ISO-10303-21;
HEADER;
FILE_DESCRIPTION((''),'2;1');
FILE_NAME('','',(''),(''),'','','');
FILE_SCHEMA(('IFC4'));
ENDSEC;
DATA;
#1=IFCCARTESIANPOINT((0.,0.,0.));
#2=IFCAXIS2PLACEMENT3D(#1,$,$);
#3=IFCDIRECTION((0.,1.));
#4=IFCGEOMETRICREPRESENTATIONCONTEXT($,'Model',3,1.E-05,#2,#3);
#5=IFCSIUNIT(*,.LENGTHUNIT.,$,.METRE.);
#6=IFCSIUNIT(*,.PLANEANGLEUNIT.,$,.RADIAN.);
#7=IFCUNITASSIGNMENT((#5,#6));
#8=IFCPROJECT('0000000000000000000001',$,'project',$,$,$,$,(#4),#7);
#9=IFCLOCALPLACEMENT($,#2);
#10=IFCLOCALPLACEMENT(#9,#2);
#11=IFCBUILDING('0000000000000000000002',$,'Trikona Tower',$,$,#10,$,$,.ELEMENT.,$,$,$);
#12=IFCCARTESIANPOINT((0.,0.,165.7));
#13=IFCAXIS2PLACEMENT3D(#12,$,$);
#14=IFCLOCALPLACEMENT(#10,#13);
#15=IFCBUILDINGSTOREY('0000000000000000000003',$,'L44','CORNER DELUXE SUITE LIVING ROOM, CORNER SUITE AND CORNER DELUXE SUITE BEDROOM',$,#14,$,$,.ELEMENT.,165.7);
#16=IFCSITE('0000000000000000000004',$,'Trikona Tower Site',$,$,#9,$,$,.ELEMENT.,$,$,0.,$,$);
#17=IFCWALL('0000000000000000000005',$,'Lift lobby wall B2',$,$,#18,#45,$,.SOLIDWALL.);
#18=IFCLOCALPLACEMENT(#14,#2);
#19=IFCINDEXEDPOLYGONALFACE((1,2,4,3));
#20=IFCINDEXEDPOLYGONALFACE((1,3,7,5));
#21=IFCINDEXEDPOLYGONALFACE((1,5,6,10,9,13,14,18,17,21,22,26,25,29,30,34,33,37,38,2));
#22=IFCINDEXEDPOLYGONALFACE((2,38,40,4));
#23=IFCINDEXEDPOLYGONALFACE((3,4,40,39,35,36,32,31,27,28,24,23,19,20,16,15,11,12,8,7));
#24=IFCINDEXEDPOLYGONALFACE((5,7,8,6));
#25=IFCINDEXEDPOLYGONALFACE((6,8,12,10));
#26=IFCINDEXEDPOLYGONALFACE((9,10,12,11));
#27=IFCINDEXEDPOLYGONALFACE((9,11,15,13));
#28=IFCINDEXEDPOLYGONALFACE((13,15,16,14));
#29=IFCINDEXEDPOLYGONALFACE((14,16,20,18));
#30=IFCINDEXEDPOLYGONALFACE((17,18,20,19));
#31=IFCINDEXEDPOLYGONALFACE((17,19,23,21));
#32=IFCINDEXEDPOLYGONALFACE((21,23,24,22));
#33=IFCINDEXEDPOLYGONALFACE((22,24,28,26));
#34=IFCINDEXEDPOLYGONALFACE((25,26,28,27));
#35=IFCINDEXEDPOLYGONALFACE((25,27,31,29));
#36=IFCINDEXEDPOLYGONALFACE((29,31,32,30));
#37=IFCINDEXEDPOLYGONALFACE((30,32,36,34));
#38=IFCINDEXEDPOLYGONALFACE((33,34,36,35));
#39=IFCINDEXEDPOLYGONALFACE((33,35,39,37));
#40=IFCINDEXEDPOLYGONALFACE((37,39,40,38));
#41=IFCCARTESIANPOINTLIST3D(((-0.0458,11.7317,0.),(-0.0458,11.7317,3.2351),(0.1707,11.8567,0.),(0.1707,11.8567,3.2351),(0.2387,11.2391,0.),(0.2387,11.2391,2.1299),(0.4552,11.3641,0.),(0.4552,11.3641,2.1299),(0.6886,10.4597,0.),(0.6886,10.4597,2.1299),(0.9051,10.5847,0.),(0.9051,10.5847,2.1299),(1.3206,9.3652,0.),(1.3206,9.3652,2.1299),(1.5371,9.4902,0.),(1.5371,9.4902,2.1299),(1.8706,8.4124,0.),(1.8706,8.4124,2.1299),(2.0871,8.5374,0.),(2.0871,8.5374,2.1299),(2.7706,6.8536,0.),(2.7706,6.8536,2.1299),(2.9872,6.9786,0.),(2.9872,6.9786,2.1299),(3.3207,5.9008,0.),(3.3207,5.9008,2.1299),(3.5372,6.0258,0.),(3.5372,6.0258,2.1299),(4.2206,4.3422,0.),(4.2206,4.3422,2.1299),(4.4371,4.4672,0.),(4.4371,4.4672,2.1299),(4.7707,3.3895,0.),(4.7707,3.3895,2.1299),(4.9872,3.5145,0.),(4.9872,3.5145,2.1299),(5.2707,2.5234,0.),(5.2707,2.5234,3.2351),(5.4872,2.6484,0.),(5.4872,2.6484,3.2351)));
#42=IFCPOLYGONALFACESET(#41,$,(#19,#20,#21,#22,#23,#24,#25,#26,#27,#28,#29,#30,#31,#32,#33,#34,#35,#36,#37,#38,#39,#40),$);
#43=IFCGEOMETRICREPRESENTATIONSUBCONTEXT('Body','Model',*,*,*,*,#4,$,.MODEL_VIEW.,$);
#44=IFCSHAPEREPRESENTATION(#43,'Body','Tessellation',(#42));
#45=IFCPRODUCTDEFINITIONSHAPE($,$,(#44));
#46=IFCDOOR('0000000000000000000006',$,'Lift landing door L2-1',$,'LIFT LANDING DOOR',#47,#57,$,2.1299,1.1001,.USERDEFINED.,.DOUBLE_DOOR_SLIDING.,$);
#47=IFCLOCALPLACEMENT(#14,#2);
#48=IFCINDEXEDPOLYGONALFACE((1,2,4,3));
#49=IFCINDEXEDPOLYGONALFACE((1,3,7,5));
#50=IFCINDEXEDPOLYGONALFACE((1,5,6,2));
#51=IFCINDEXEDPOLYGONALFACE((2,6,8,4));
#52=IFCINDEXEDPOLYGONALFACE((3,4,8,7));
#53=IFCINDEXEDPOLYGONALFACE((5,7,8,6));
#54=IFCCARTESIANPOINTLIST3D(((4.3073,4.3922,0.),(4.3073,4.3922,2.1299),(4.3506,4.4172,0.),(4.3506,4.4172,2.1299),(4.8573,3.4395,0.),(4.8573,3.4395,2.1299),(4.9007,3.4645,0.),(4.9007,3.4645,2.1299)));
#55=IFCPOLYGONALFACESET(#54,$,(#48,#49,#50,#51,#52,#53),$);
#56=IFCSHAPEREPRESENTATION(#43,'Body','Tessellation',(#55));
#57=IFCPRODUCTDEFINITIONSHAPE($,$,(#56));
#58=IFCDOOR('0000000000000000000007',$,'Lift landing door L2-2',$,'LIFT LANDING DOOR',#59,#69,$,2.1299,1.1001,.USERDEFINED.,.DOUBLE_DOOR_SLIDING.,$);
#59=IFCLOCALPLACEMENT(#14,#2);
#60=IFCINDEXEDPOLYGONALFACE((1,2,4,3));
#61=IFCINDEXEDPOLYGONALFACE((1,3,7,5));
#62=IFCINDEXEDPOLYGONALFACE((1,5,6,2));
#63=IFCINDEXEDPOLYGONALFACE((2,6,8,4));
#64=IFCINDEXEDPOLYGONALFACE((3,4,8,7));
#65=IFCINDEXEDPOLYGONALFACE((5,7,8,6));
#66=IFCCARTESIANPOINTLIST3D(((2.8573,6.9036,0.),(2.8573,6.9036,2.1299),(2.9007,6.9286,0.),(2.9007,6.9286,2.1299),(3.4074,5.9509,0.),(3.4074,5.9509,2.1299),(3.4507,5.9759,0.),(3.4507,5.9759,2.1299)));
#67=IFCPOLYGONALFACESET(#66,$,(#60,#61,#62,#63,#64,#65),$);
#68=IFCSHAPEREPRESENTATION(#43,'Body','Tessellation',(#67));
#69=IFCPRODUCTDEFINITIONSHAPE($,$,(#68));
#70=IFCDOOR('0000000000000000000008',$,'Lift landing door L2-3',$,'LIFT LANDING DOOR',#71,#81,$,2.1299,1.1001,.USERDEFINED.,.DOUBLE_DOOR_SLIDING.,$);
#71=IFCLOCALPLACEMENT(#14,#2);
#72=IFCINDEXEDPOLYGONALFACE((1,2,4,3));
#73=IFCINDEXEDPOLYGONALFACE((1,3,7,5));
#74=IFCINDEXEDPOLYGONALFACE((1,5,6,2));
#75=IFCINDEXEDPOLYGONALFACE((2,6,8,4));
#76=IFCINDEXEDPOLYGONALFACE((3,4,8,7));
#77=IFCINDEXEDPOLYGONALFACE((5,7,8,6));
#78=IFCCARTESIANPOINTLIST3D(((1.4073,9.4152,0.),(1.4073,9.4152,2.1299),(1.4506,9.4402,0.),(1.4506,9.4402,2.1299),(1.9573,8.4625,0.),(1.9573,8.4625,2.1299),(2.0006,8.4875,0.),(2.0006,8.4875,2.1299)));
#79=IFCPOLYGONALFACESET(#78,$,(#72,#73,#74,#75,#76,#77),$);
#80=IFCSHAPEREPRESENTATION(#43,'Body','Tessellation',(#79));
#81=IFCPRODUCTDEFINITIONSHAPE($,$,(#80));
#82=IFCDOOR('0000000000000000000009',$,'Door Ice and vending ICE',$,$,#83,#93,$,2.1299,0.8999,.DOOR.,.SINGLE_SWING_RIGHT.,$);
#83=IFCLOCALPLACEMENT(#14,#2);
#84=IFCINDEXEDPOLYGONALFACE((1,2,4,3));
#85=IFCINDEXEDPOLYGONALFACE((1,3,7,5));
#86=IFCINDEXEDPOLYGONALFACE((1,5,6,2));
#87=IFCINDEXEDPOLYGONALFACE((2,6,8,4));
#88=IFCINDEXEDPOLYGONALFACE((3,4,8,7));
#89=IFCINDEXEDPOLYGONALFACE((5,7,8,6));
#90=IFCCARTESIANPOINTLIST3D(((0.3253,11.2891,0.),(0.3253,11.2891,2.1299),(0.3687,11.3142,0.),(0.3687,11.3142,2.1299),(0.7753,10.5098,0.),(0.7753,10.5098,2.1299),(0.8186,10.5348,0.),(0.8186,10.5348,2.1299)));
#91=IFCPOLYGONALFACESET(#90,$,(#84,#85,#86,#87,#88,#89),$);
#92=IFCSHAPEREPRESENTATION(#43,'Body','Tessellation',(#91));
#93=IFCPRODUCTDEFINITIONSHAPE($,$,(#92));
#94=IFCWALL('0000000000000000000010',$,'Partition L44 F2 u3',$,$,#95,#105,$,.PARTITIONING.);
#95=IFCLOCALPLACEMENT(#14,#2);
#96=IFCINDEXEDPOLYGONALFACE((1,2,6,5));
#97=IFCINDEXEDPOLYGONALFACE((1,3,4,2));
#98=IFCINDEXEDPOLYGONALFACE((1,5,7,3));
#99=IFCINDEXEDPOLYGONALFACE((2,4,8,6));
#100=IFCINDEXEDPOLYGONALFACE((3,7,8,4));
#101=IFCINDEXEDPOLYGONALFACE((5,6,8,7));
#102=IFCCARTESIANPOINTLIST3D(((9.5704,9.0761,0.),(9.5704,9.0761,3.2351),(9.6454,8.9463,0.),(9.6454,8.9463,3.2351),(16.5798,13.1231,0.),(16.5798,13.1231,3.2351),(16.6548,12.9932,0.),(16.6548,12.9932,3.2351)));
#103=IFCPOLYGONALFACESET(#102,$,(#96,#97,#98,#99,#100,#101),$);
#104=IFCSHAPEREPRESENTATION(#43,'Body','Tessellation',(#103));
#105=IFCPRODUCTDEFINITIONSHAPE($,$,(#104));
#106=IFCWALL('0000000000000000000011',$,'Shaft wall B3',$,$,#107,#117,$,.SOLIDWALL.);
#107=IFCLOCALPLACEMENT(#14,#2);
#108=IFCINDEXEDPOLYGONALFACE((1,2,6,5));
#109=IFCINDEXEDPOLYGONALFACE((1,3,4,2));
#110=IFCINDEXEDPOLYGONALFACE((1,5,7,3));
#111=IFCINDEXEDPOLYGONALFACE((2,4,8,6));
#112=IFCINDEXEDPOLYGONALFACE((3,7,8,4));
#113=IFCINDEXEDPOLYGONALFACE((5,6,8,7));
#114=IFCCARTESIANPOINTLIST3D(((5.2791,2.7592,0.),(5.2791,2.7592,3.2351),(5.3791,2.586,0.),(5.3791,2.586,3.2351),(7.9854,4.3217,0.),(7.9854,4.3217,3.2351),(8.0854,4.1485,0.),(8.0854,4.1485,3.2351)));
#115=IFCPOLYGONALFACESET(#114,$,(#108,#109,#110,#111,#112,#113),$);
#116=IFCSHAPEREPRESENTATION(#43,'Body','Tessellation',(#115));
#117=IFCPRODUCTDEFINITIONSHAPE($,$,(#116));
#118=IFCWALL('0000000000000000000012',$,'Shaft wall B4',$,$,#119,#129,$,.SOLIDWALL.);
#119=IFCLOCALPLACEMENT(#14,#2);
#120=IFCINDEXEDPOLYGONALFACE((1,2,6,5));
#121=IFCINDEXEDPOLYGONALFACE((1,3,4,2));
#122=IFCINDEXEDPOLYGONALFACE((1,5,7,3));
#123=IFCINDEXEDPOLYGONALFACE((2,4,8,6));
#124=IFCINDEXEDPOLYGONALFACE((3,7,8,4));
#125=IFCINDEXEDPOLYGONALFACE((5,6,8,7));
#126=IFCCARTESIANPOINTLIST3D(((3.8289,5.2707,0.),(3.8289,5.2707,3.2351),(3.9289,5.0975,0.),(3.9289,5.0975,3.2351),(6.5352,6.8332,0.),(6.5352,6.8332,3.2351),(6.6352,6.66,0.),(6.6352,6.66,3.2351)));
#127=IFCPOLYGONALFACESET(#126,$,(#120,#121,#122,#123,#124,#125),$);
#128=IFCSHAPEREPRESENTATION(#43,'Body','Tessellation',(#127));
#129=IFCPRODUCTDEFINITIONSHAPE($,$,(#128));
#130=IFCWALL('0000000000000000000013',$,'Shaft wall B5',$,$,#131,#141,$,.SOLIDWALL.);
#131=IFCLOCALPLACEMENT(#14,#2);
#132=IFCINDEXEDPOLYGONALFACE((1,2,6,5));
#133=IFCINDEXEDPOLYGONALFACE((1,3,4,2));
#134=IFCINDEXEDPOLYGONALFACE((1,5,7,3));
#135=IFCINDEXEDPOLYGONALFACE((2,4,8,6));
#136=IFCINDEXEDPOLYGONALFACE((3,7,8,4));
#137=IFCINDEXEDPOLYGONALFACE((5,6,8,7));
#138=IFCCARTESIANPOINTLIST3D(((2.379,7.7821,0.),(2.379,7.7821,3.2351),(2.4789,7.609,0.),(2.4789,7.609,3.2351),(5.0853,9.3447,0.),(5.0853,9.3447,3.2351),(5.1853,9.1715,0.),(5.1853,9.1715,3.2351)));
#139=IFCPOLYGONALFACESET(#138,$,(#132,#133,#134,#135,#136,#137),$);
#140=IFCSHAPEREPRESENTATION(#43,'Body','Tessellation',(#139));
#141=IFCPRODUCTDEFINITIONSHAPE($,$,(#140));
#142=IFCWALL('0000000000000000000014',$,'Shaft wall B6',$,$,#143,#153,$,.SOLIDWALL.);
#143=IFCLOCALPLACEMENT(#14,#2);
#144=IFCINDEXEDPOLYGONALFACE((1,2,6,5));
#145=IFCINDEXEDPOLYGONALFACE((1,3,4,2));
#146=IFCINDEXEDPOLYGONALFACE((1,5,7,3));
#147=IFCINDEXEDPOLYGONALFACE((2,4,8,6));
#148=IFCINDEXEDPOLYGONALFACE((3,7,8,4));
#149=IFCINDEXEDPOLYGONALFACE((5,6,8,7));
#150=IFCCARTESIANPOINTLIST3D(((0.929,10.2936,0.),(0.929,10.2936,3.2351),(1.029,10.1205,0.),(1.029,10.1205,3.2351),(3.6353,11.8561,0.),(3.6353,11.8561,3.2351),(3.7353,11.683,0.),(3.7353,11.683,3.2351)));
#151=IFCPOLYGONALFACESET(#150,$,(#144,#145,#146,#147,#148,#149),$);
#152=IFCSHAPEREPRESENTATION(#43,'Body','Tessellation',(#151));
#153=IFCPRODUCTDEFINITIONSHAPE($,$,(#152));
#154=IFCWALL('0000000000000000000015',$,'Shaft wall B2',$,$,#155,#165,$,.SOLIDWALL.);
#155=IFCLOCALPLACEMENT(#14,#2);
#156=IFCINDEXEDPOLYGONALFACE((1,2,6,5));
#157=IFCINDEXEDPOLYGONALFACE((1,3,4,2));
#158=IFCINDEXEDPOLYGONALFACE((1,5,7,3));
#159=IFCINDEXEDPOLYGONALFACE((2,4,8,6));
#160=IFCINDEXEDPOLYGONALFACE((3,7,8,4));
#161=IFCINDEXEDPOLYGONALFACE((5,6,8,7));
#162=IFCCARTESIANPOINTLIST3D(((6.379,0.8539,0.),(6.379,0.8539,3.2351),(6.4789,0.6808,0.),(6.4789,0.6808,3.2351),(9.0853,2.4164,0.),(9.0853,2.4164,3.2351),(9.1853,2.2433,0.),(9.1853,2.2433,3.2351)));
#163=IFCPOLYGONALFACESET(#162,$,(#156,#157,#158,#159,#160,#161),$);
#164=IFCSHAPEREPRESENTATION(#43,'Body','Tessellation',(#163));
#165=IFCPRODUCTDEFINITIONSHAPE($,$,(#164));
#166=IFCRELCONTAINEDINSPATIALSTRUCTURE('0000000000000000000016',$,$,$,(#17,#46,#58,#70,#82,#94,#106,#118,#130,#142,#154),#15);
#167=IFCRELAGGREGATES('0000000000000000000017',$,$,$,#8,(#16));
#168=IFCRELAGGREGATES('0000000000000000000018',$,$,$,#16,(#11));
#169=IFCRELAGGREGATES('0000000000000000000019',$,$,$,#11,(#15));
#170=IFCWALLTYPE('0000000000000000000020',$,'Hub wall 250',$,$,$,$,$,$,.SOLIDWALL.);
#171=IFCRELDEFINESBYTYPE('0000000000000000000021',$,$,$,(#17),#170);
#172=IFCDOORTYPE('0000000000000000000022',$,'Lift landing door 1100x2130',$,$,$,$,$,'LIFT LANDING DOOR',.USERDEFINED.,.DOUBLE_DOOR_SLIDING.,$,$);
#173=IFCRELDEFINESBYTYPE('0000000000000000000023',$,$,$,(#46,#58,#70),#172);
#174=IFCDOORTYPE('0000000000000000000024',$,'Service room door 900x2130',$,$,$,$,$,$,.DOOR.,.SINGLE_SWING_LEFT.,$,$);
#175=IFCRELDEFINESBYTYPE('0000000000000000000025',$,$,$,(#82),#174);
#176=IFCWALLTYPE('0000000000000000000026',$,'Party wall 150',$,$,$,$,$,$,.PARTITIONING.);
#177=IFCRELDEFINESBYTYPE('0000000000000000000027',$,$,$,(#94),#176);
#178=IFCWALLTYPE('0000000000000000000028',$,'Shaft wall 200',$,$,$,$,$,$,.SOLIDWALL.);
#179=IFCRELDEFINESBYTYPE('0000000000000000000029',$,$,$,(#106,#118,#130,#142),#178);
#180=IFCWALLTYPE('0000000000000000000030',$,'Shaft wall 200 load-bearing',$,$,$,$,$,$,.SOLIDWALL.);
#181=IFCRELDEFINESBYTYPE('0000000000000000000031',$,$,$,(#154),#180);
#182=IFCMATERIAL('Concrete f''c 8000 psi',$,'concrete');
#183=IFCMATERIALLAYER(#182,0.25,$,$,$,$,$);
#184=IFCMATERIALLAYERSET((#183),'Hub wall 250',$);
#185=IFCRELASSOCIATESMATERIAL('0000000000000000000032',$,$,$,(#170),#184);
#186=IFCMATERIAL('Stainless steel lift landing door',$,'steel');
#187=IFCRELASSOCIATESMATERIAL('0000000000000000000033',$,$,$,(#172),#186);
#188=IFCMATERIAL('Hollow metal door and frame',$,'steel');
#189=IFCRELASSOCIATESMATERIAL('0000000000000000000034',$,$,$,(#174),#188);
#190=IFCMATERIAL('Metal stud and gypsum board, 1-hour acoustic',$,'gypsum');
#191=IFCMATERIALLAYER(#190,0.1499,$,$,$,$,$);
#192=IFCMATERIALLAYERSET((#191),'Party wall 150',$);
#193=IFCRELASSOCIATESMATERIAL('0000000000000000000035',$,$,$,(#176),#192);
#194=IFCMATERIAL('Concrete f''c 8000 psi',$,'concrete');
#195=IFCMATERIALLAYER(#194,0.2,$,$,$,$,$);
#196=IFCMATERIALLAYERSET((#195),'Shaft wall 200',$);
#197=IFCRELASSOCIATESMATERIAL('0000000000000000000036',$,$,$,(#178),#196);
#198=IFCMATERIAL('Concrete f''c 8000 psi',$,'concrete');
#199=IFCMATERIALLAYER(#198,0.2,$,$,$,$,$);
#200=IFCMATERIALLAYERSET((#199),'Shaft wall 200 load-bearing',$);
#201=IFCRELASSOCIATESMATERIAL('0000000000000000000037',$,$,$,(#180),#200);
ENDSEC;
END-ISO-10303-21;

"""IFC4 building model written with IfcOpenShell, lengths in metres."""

from ifc_helpers import new_model, si_unit, direction, frame, frame_2d, origin, place, context, subcontext, project, spatial, rectangle, extrude, material, layer, layer_set, type_object, element, fill, save


model = new_model("IFC4")

# Units and contexts
model_context = context("Model", 3, precision=1e-05, world=origin(), true_north=direction((0.0, 1.0)))
body_context = subcontext(model_context, "Body", "Model", "MODEL_VIEW")
ifc_project = project(units=[si_unit("LENGTHUNIT", "METRE"), si_unit("PLANEANGLEUNIT", "RADIAN")], contexts=[model_context])

# Site, building, storey
site_placement = place(None, origin())
site = spatial("IfcSite", under=ifc_project, at=site_placement, Name="Trikona Tower Site", CompositionType="ELEMENT", RefElevation=0.0)
building_placement = place(site_placement, origin())
building = spatial("IfcBuilding", under=site, at=building_placement, Name="Trikona Tower", CompositionType="ELEMENT")
storey_placement = place(building_placement, frame((0.0, 0.0, 165.7)))
storey = spatial("IfcBuildingStorey", under=building, at=storey_placement, Name="L44", Description="CORNER DELUXE SUITE LIVING ROOM, CORNER SUITE AND CORNER DELUXE SUITE BEDROOM", CompositionType="ELEMENT", Elevation=165.7)

# Wall, openings, doors
ifc_material_1 = material(Name="Concrete f'c 8000 psi", Category="concrete")
ifc_layer_1 = layer(ifc_material_1, 0.25)
ifc_layer_set_1 = layer_set([ifc_layer_1], Name="Hub wall 250")
wall_type_1 = type_object("IfcWallType", Name="Hub wall 250", PredefinedType="SOLIDWALL", material=ifc_layer_set_1)
wall_1_placement = place(storey_placement, frame((5.3789, 2.5859, 0.0), z_axis=(0.0, 0.0, 1.0), x_axis=(-0.500001, 0.866025, 0.0)))
wall_1 = element("IfcWall", 1, at=wall_1_placement, inside=storey, type_object=wall_type_1, Name="Lift lobby wall B2", PredefinedType="SOLIDWALL", context=body_context, shape_type="SweptSolid", body=[
    extrude(rectangle(XDim=10.6328, YDim=0.25, at=frame_2d((5.3164, 0.0))), origin(), (0.0, 0.0, 1.0), 3.2351),
])
opening_1_placement = place(wall_1_placement, frame((9.1641, 0.0, 0.0)))
opening_1 = element("IfcOpeningElement", 2, at=opening_1_placement, cuts=wall_1, PredefinedType="OPENING", context=body_context, shape_type="SweptSolid", body=[
    extrude(rectangle(XDim=0.8999, YDim=2.1299, at=frame_2d((0.45, 1.0649))), frame((0.0, 0.135, 0.0), z_axis=(0.0, -1.0, 0.0), x_axis=(1.0, 0.0, 0.0)), (0.0, 0.0, 1.0), 0.27),
])
opening_2_placement = place(wall_1_placement, frame((1.0, 0.0, 0.0)))
opening_2 = element("IfcOpeningElement", 3, at=opening_2_placement, cuts=wall_1, PredefinedType="OPENING", context=body_context, shape_type="SweptSolid", body=[
    extrude(rectangle(XDim=1.1001, YDim=2.1299, at=frame_2d((0.55, 1.0649))), frame((0.0, 0.135, 0.0), z_axis=(0.0, -1.0, 0.0), x_axis=(1.0, 0.0, 0.0)), (0.0, 0.0, 1.0), 0.27),
])
opening_3_placement = place(wall_1_placement, frame((3.8999, 0.0, 0.0)))
opening_3 = element("IfcOpeningElement", 4, at=opening_3_placement, cuts=wall_1, PredefinedType="OPENING", context=body_context, shape_type="SweptSolid", body=[
    extrude(rectangle(XDim=1.1001, YDim=2.1299, at=frame_2d((0.55, 1.0649))), frame((0.0, 0.135, 0.0), z_axis=(0.0, -1.0, 0.0), x_axis=(1.0, 0.0, 0.0)), (0.0, 0.0, 1.0), 0.27),
])
opening_4_placement = place(wall_1_placement, frame((6.8, 0.0, 0.0)))
opening_4 = element("IfcOpeningElement", 5, at=opening_4_placement, cuts=wall_1, PredefinedType="OPENING", context=body_context, shape_type="SweptSolid", body=[
    extrude(rectangle(XDim=1.1001, YDim=2.1299, at=frame_2d((0.55, 1.0649))), frame((0.0, 0.135, 0.0), z_axis=(0.0, -1.0, 0.0), x_axis=(1.0, 0.0, 0.0)), (0.0, 0.0, 1.0), 0.27),
])
ifc_material_2 = material(Name="Stainless steel lift landing door", Category="steel")
door_type_1 = type_object("IfcDoorType", Name="Lift landing door 1100x2130", ElementType="LIFT LANDING DOOR", OperationType="DOUBLE_DOOR_SLIDING", PredefinedType="USERDEFINED", material=ifc_material_2)
door_1_placement = place(opening_2_placement, origin())
door_1 = element("IfcDoor", 6, at=door_1_placement, inside=storey, type_object=door_type_1, Name="Lift landing door L2-1", ObjectType="LIFT LANDING DOOR", OperationType="DOUBLE_DOOR_SLIDING", OverallHeight=2.1299, OverallWidth=1.1001, PredefinedType="USERDEFINED", context=body_context, shape_type="SweptSolid", body=[
    extrude(rectangle(XDim=1.1001, YDim=2.1299, at=frame_2d((0.55, 1.0649))), frame((0.0, 0.0249, 0.0), z_axis=(0.0, -1.0, 0.0), x_axis=(1.0, 0.0, 0.0)), (0.0, 0.0, 1.0), 0.05),
])
fill(opening_2, door_1)
door_2_placement = place(opening_3_placement, origin())
door_2 = element("IfcDoor", 7, at=door_2_placement, inside=storey, type_object=door_type_1, Name="Lift landing door L2-2", ObjectType="LIFT LANDING DOOR", OperationType="DOUBLE_DOOR_SLIDING", OverallHeight=2.1299, OverallWidth=1.1001, PredefinedType="USERDEFINED", context=body_context, shape_type="SweptSolid", body=[
    extrude(rectangle(XDim=1.1001, YDim=2.1299, at=frame_2d((0.55, 1.0649))), frame((0.0, 0.0249, 0.0), z_axis=(0.0, -1.0, 0.0), x_axis=(1.0, 0.0, 0.0)), (0.0, 0.0, 1.0), 0.05),
])
fill(opening_3, door_2)
door_3_placement = place(opening_4_placement, origin())
door_3 = element("IfcDoor", 8, at=door_3_placement, inside=storey, type_object=door_type_1, Name="Lift landing door L2-3", ObjectType="LIFT LANDING DOOR", OperationType="DOUBLE_DOOR_SLIDING", OverallHeight=2.1299, OverallWidth=1.1001, PredefinedType="USERDEFINED", context=body_context, shape_type="SweptSolid", body=[
    extrude(rectangle(XDim=1.1001, YDim=2.1299, at=frame_2d((0.55, 1.0649))), frame((0.0, 0.0249, 0.0), z_axis=(0.0, -1.0, 0.0), x_axis=(1.0, 0.0, 0.0)), (0.0, 0.0, 1.0), 0.05),
])
fill(opening_4, door_3)
ifc_material_3 = material(Name="Hollow metal door and frame", Category="steel")
door_type_2 = type_object("IfcDoorType", Name="Service room door 900x2130", OperationType="SINGLE_SWING_LEFT", PredefinedType="DOOR", material=ifc_material_3)
door_4_placement = place(opening_1_placement, origin())
door_4 = element("IfcDoor", 9, at=door_4_placement, inside=storey, type_object=door_type_2, Name="Door Ice and vending ICE", OperationType="SINGLE_SWING_RIGHT", OverallHeight=2.1299, OverallWidth=0.8999, PredefinedType="DOOR", context=body_context, shape_type="SweptSolid", body=[
    extrude(rectangle(XDim=0.8999, YDim=2.1299, at=frame_2d((0.45, 1.0649))), frame((0.0, 0.0249, 0.0), z_axis=(0.0, -1.0, 0.0), x_axis=(1.0, 0.0, 0.0)), (0.0, 0.0, 1.0), 0.05),
])
fill(opening_1, door_4)

# Walls
ifc_material_4 = material(Name="Metal stud and gypsum board, 1-hour acoustic", Category="gypsum")
ifc_layer_2 = layer(ifc_material_4, 0.1499)
ifc_layer_set_2 = layer_set([ifc_layer_2], Name="Party wall 150")
wall_type_2 = type_object("IfcWallType", Name="Party wall 150", PredefinedType="PARTITIONING", material=ifc_layer_set_2)
wall_2_placement = place(storey_placement, frame((9.6079, 9.0112, 0.0), z_axis=(0.0, 0.0, 1.0), x_axis=(0.866022, 0.500006, 0.0)))
element("IfcWall", 10, at=wall_2_placement, inside=storey, type_object=wall_type_2, Name="Partition L44 F2 u3", PredefinedType="PARTITIONING", context=body_context, shape_type="SweptSolid", body=[
    extrude(rectangle(XDim=8.0938, YDim=0.1499, at=frame_2d((4.0469, 0.0))), origin(), (0.0, 0.0, 1.0), 3.2351),
])
ifc_material_5 = material(Name="Concrete f'c 8000 psi", Category="concrete")
ifc_layer_3 = layer(ifc_material_5, 0.2)
ifc_layer_set_3 = layer_set([ifc_layer_3], Name="Shaft wall 200")
wall_type_3 = type_object("IfcWallType", Name="Shaft wall 200", PredefinedType="SOLIDWALL", material=ifc_layer_set_3)
for number, where, z_axis, x_axis, name in (
    (11, (5.3291, 2.6726, 0.0), (0.0, 0.0, 1.0), (0.866023, 0.500004, 0.0), "Shaft wall B3"),
    (12, (3.8789, 5.1841, 0.0), (0.0, 0.0, 1.0), (0.866023, 0.500004, 0.0), "Shaft wall B4"),
    (13, (2.429, 7.6956, 0.0), (0.0, 0.0, 1.0), (0.866023, 0.500004, 0.0), "Shaft wall B5"),
    (14, (0.979, 10.207, 0.0), (0.0, 0.0, 1.0), (0.866023, 0.500004, 0.0), "Shaft wall B6"),
):
    element("IfcWall", number, at=place(storey_placement, frame(where, z_axis=z_axis, x_axis=x_axis)), inside=storey, type_object=wall_type_3, Name=name, PredefinedType="SOLIDWALL", context=body_context, shape_type="SweptSolid", body=[
        extrude(rectangle(XDim=3.125, YDim=0.2, at=frame_2d((1.5625, 0.0))), origin(), (0.0, 0.0, 1.0), 3.2351),
    ])
ifc_material_6 = material(Name="Concrete f'c 8000 psi", Category="concrete")
ifc_layer_4 = layer(ifc_material_6, 0.2)
ifc_layer_set_4 = layer_set([ifc_layer_4], Name="Shaft wall 200 load-bearing")
wall_type_4 = type_object("IfcWallType", Name="Shaft wall 200 load-bearing", PredefinedType="SOLIDWALL", material=ifc_layer_set_4)
wall_3_placement = place(storey_placement, frame((6.429, 0.7673, 0.0), z_axis=(0.0, 0.0, 1.0), x_axis=(0.866023, 0.500004, 0.0)))
element("IfcWall", 15, at=wall_3_placement, inside=storey, type_object=wall_type_4, Name="Shaft wall B2", PredefinedType="SOLIDWALL", context=body_context, shape_type="SweptSolid", body=[
    extrude(rectangle(XDim=3.125, YDim=0.2, at=frame_2d((1.5625, 0.0))), origin(), (0.0, 0.0, 1.0), 3.2351),
])

save(model, "model.ifc")
